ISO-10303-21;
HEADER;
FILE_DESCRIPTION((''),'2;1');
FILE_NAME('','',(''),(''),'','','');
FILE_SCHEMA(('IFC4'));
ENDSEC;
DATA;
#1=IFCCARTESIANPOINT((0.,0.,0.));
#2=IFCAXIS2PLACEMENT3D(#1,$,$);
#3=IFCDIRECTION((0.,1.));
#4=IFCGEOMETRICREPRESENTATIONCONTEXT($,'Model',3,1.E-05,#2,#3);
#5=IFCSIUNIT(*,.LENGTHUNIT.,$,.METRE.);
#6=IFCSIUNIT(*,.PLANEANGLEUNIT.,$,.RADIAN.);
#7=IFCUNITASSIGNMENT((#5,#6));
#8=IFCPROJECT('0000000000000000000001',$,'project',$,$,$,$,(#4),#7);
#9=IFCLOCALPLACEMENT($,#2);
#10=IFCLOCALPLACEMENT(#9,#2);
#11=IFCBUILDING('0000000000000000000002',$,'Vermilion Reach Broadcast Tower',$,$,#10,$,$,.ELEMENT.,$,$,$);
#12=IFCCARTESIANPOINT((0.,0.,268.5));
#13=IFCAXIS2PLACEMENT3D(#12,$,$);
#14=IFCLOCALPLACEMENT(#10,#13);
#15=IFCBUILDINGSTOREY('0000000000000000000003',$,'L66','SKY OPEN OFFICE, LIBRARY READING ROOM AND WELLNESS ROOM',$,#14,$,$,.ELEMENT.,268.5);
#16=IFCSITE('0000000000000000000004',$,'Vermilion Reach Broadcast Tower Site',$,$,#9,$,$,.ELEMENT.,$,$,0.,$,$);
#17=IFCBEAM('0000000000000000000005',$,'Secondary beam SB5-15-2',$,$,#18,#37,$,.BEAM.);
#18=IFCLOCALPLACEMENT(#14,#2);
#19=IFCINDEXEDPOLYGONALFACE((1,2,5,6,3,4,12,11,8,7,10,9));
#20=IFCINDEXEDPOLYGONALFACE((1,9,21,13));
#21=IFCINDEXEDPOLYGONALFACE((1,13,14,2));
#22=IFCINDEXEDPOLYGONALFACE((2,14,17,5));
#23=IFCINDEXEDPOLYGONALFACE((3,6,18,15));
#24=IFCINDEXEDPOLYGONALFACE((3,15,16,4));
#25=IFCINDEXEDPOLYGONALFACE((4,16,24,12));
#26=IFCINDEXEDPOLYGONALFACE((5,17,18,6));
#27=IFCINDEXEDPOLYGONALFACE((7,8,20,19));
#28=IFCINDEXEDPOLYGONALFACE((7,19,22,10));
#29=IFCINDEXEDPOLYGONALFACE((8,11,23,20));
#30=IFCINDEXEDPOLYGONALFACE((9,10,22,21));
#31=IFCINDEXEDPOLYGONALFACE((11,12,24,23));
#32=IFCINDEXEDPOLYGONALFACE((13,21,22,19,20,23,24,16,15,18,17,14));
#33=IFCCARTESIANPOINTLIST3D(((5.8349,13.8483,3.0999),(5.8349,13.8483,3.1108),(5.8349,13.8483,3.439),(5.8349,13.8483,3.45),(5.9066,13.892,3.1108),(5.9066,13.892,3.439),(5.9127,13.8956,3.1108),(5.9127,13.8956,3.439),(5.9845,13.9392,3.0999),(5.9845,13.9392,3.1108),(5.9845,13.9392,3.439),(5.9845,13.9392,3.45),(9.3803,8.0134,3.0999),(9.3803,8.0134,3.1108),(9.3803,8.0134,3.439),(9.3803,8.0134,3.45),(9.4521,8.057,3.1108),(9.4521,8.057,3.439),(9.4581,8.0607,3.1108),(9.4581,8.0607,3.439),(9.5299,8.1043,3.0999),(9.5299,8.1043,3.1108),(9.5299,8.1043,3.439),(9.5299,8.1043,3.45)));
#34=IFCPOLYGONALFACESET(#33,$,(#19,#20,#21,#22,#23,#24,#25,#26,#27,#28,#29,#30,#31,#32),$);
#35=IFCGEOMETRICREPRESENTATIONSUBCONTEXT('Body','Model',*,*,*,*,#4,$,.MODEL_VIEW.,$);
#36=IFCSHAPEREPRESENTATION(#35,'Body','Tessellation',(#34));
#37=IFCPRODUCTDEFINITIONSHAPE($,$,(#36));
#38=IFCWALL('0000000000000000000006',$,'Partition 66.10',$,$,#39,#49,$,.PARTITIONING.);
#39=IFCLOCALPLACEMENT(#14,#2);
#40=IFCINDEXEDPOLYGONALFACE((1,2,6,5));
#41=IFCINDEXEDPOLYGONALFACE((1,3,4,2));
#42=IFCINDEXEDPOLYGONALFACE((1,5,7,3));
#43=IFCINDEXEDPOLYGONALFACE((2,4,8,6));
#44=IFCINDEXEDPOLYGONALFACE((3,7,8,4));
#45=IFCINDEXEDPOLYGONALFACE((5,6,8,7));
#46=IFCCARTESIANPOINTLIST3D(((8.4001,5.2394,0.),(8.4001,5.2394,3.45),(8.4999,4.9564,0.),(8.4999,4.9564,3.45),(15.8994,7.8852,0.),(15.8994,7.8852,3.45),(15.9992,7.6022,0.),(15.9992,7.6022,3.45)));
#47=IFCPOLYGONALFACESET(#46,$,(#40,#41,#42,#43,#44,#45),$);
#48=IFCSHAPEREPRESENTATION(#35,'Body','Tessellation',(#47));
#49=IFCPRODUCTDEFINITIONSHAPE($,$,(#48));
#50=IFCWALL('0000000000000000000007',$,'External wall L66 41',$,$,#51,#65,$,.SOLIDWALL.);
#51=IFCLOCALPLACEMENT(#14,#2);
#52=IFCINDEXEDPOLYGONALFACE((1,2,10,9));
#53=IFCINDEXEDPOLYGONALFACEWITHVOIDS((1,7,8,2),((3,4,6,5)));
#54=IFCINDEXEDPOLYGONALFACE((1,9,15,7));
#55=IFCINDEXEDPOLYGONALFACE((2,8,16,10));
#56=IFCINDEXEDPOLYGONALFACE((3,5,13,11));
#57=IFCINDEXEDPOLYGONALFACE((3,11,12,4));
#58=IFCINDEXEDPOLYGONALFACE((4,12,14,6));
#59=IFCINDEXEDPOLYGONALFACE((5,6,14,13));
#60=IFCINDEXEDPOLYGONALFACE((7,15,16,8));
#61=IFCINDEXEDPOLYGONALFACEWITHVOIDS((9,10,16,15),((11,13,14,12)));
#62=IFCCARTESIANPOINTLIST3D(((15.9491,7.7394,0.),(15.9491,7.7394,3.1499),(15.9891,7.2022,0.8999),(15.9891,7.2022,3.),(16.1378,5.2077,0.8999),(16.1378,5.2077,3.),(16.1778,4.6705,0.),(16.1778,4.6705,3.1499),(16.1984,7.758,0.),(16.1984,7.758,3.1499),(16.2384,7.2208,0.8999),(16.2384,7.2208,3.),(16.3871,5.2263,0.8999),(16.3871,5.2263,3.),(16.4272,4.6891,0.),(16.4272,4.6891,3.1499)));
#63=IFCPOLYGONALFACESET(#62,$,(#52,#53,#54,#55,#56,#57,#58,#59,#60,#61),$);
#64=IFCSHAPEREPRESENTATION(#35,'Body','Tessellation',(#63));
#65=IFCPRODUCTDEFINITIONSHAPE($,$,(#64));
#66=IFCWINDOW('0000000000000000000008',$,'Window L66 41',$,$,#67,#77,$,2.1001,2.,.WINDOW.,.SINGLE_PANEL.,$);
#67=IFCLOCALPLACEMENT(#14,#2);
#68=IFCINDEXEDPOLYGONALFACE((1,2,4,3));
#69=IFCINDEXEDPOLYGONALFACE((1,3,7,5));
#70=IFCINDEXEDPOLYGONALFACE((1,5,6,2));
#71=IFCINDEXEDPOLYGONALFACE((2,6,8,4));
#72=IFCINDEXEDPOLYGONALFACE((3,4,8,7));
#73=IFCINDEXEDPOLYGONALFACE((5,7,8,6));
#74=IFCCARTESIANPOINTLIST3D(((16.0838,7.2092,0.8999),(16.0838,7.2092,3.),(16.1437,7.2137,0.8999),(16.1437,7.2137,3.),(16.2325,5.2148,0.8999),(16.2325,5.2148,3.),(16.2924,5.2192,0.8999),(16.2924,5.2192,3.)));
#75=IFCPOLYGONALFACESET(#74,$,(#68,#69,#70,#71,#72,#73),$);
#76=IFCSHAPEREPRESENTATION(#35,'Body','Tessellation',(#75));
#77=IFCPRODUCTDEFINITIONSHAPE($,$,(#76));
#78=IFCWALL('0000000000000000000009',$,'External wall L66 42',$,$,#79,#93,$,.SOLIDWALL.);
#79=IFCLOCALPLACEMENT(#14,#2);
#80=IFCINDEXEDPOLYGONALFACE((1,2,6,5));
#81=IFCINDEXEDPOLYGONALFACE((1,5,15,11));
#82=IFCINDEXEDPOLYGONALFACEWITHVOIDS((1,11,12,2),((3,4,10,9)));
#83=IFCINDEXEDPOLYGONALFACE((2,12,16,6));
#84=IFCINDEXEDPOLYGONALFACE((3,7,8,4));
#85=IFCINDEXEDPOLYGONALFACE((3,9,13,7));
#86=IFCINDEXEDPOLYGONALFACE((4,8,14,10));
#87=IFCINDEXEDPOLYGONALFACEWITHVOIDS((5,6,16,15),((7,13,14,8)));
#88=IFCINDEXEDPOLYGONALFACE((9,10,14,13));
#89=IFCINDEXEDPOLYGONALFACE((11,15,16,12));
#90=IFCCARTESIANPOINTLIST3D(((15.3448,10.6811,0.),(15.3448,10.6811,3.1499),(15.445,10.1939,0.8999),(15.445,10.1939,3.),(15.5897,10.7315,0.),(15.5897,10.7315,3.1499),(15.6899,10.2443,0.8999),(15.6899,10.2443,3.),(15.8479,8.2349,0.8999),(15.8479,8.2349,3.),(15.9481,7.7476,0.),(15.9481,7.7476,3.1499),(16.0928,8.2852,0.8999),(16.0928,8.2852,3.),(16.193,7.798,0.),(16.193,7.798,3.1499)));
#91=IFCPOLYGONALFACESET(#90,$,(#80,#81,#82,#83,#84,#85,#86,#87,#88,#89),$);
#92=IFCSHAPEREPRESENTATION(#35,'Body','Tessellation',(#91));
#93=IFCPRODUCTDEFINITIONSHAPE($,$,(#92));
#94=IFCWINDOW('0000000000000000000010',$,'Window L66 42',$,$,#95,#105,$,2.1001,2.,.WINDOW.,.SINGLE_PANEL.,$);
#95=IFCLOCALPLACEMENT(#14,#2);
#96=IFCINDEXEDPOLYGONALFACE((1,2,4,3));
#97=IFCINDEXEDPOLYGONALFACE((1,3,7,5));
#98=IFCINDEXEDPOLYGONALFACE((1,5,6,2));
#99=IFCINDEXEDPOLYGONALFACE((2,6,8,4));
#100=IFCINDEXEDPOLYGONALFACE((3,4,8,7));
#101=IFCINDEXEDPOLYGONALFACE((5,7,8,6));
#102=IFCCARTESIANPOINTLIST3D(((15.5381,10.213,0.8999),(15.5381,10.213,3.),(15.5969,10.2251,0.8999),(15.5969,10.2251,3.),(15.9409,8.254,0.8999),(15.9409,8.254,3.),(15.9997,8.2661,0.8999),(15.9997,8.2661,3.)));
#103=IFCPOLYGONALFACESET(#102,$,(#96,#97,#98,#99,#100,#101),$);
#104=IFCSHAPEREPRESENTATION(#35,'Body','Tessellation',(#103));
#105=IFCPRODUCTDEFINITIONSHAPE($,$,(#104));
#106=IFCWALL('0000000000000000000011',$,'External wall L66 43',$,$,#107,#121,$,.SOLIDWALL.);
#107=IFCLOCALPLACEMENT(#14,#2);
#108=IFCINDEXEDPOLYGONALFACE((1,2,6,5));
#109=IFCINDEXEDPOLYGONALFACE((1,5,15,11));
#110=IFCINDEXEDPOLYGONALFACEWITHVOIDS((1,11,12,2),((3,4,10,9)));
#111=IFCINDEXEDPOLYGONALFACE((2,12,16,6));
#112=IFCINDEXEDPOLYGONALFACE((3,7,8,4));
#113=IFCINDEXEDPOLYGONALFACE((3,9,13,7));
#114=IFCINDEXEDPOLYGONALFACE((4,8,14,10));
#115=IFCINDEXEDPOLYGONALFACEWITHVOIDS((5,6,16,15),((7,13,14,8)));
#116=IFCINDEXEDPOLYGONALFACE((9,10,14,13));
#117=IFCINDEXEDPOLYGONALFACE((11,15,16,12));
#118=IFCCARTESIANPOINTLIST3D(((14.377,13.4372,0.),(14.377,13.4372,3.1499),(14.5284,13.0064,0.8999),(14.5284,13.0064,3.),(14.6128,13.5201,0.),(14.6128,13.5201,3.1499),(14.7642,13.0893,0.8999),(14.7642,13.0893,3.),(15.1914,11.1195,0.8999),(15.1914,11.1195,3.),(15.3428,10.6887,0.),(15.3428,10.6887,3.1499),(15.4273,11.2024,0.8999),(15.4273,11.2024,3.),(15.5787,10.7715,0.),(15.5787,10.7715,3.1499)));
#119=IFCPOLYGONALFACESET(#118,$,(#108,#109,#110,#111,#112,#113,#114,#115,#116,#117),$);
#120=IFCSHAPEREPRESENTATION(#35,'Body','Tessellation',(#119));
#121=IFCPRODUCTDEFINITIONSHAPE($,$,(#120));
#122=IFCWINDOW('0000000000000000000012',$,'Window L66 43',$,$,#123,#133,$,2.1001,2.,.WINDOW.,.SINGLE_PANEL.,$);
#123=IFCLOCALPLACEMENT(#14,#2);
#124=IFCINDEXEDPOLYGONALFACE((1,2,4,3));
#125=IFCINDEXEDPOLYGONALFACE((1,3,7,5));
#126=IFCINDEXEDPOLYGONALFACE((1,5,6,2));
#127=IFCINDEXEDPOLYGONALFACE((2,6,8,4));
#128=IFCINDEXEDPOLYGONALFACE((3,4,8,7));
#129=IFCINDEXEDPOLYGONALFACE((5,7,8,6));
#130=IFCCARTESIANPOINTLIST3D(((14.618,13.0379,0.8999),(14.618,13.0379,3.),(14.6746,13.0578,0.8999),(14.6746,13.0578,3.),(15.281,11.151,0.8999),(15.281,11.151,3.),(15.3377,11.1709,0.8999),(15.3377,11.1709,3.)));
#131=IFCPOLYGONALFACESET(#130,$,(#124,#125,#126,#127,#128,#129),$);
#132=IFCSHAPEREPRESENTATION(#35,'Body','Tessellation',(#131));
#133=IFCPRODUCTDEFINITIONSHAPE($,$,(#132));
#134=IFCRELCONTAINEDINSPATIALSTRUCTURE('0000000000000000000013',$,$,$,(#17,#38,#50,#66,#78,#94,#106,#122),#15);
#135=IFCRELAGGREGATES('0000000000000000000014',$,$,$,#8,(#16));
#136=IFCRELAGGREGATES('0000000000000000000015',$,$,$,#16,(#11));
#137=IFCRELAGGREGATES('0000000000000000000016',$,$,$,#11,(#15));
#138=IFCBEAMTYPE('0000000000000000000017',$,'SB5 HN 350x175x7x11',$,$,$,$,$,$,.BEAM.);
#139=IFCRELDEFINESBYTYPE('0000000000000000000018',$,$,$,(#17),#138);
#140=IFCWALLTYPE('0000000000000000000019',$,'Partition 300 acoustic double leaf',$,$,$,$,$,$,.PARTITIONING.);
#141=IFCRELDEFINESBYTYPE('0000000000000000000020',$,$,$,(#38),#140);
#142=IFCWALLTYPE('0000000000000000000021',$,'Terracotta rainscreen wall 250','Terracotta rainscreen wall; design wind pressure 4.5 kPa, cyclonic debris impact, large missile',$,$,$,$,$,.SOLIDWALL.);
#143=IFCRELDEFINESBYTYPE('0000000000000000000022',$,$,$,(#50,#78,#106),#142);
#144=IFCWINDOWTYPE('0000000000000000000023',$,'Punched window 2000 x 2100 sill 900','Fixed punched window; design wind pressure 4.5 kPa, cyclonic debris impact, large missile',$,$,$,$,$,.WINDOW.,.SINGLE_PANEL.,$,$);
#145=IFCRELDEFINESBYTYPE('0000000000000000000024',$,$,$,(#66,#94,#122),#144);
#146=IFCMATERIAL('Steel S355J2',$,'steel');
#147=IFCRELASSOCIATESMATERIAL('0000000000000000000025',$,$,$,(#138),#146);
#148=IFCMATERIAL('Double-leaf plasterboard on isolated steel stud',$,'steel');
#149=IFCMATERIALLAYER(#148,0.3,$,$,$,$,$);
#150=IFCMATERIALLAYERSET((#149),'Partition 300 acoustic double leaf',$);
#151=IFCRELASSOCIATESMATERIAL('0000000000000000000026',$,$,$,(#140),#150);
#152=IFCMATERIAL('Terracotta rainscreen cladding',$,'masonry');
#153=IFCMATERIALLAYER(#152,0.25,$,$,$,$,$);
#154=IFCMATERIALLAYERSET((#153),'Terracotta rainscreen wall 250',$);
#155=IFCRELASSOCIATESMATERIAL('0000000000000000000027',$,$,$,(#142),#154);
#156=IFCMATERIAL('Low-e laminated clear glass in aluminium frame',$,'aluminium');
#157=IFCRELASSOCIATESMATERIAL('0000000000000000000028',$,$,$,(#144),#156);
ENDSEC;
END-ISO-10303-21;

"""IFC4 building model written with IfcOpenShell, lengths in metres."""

from ifc_helpers import new_model, si_unit, direction, frame, frame_2d, origin, origin_2d, place, context, subcontext, project, spatial, rectangle, i_section, extrude, material, layer, layer_set, material_profile, profile_set, type_object, element, fill, save


model = new_model("IFC4")

# Units and contexts
model_context = context("Model", 3, precision=1e-05, world=origin(), true_north=direction((0.0, 1.0)))
body_context = subcontext(model_context, "Body", "Model", "MODEL_VIEW")
ifc_project = project(units=[si_unit("LENGTHUNIT", "METRE"), si_unit("PLANEANGLEUNIT", "RADIAN")], contexts=[model_context])

# Site, building, storey
site_placement = place(None, origin())
site = spatial("IfcSite", under=ifc_project, at=site_placement, Name="Vermilion Reach Broadcast Tower Site", CompositionType="ELEMENT", RefElevation=0.0)
building_placement = place(site_placement, origin())
building = spatial("IfcBuilding", under=site, at=building_placement, Name="Vermilion Reach Broadcast Tower", CompositionType="ELEMENT")
storey_placement = place(building_placement, frame((0.0, 0.0, 268.5)))
storey = spatial("IfcBuildingStorey", under=building, at=storey_placement, Name="L66", Description="SKY OPEN OFFICE, LIBRARY READING ROOM AND WELLNESS ROOM", CompositionType="ELEMENT", Elevation=268.5)

# Beam
ifc_material_1 = material(Name="Steel S355J2", Category="steel")
ifc_material_profile_1 = material_profile(ifc_material_1, i_section(OverallWidth=0.175, OverallDepth=0.3501, WebThickness=0.0071, FlangeThickness=0.011, at=origin_2d()), Name="S355J2 HN 350x175x7x11")
ifc_profile_set_1 = profile_set([ifc_material_profile_1], Name="Steel S355J2")
beam_type_1 = type_object("IfcBeamType", Name="SB5 HN 350x175x7x11", PredefinedType="BEAM", material=ifc_profile_set_1)
beam_1_placement = place(storey_placement, frame((9.4551, 8.0588, 3.2749), z_axis=(-0.519273, 0.854608, 0.0), x_axis=(-0.854608, -0.519273, 0.0)))
element("IfcBeam", 1, at=beam_1_placement, inside=storey, type_object=beam_type_1, Name="Secondary beam SB5-15-2", PredefinedType="BEAM", context=body_context, shape_type="SweptSolid", body=[
    extrude(i_section(OverallWidth=0.175, OverallDepth=0.3501, WebThickness=0.0071, FlangeThickness=0.011, at=origin_2d()), origin(), (0.0, 0.0, 1.0), 6.8276),
])

# Wall
ifc_material_2 = material(Name="Double-leaf plasterboard on isolated steel stud", Category="steel")
ifc_layer_1 = layer(ifc_material_2, 0.3)
ifc_layer_set_1 = layer_set([ifc_layer_1], Name="Partition 300 acoustic double leaf")
wall_type_1 = type_object("IfcWallType", Name="Partition 300 acoustic double leaf", PredefinedType="PARTITIONING", material=ifc_layer_set_1)
wall_1_placement = place(storey_placement, frame((15.9492, 7.7437, 0.0), z_axis=(0.0, 0.0, 1.0), x_axis=(-0.943032, -0.332703, 0.0)))
element("IfcWall", 2, at=wall_1_placement, inside=storey, type_object=wall_type_1, Name="Partition 66.10", PredefinedType="PARTITIONING", context=body_context, shape_type="SweptSolid", body=[
    extrude(rectangle(XDim=7.9524, YDim=0.3, at=frame_2d((3.9761, 0.0))), origin(), (0.0, 0.0, 1.0), 3.45),
])

# Shared definitions
ifc_material_3 = material(Name="Terracotta rainscreen cladding", Category="masonry")
ifc_layer_2 = layer(ifc_material_3, 0.25)
ifc_layer_set_2 = layer_set([ifc_layer_2], Name="Terracotta rainscreen wall 250")
wall_type_2 = type_object("IfcWallType", Name="Terracotta rainscreen wall 250", Description="Terracotta rainscreen wall; design wind pressure 4.5 kPa, cyclonic debris impact, large missile", PredefinedType="SOLIDWALL", material=ifc_layer_set_2)

# Walls, openings, windows
wall_2_placement = place(storey_placement, frame((16.3025, 4.6799, 0.0), z_axis=(0.0, 0.0, 1.0), x_axis=(-0.074336, 0.997233, 0.0)))
wall_2 = element("IfcWall", 3, at=wall_2_placement, inside=storey, type_object=wall_type_2, Name="External wall L66 41", PredefinedType="SOLIDWALL", context=body_context, shape_type="SweptSolid", body=[
    extrude(rectangle(XDim=3.0774, YDim=0.25, at=frame_2d((1.5386, 0.0))), origin(), (0.0, 0.0, 1.0), 3.1499),
])
opening_1_placement = place(wall_2_placement, frame((0.5386, 0.0, 0.8999)))
opening_1 = element("IfcOpeningElement", 4, at=opening_1_placement, cuts=wall_2, PredefinedType="OPENING", context=body_context, shape_type="SweptSolid", body=[
    extrude(rectangle(XDim=2.0, YDim=2.1001, at=frame_2d((1.0, 1.05))), frame((0.0, 0.135, 0.0), z_axis=(0.0, -1.0, 0.0), x_axis=(1.0, 0.0, 0.0)), (0.0, 0.0, 1.0), 0.27),
])
ifc_material_4 = material(Name="Low-e laminated clear glass in aluminium frame", Category="aluminium")
window_type = type_object("IfcWindowType", Name="Punched window 2000 x 2100 sill 900", Description="Fixed punched window; design wind pressure 4.5 kPa, cyclonic debris impact, large missile", PartitioningType="SINGLE_PANEL", PredefinedType="WINDOW", material=ifc_material_4)
window_1_placement = place(opening_1_placement, origin())
window_1 = element("IfcWindow", 5, at=window_1_placement, inside=storey, type_object=window_type, Name="Window L66 41", OverallHeight=2.1001, OverallWidth=2.0, PartitioningType="SINGLE_PANEL", PredefinedType="WINDOW", context=body_context, shape_type="SweptSolid", body=[
    extrude(rectangle(XDim=2.0, YDim=2.1001, at=frame_2d((1.0, 1.05))), frame((0.0, 0.03, 0.0), z_axis=(0.0, -1.0, 0.0), x_axis=(1.0, 0.0, 0.0)), (0.0, 0.0, 1.0), 0.0601),
])
fill(opening_1, window_1)
wall_3_placement = place(storey_placement, frame((16.0706, 7.7727, 0.0), z_axis=(0.0, 0.0, 1.0), x_axis=(-0.201428, 0.979503, 0.0)))
wall_3 = element("IfcWall", 6, at=wall_3_placement, inside=storey, type_object=wall_type_2, Name="External wall L66 42", PredefinedType="SOLIDWALL", context=body_context, shape_type="SweptSolid", body=[
    extrude(rectangle(XDim=2.9949, YDim=0.25, at=frame_2d((1.4976, 0.0))), origin(), (0.0, 0.0, 1.0), 3.1499),
])
opening_2_placement = place(wall_3_placement, frame((0.4976, 0.0, 0.8999)))
opening_2 = element("IfcOpeningElement", 7, at=opening_2_placement, cuts=wall_3, PredefinedType="OPENING", context=body_context, shape_type="SweptSolid", body=[
    extrude(rectangle(XDim=2.0, YDim=2.1001, at=frame_2d((1.0, 1.05))), frame((0.0, 0.135, 0.0), z_axis=(0.0, -1.0, 0.0), x_axis=(1.0, 0.0, 0.0)), (0.0, 0.0, 1.0), 0.27),
])
window_2_placement = place(opening_2_placement, origin())
window_2 = element("IfcWindow", 8, at=window_2_placement, inside=storey, type_object=window_type, Name="Window L66 42", OverallHeight=2.1001, OverallWidth=2.0, PartitioningType="SINGLE_PANEL", PredefinedType="WINDOW", context=body_context, shape_type="SweptSolid", body=[
    extrude(rectangle(XDim=2.0, YDim=2.1001, at=frame_2d((1.0, 1.05))), frame((0.0, 0.03, 0.0), z_axis=(0.0, -1.0, 0.0), x_axis=(1.0, 0.0, 0.0)), (0.0, 0.0, 1.0), 0.0601),
])
fill(opening_2, window_2)
wall_4_placement = place(storey_placement, frame((15.4607, 10.7302, 0.0), z_axis=(0.0, 0.0, 1.0), x_axis=(-0.331522, 0.943447, 0.0)))
wall_4 = element("IfcWall", 9, at=wall_4_placement, inside=storey, type_object=wall_type_2, Name="External wall L66 43", PredefinedType="SOLIDWALL", context=body_context, shape_type="SweptSolid", body=[
    extrude(rectangle(XDim=2.9133, YDim=0.25, at=frame_2d((1.4565, 0.0))), origin(), (0.0, 0.0, 1.0), 3.1499),
])
opening_3_placement = place(wall_4_placement, frame((0.4565, 0.0, 0.8999)))
opening_3 = element("IfcOpeningElement", 10, at=opening_3_placement, cuts=wall_4, PredefinedType="OPENING", context=body_context, shape_type="SweptSolid", body=[
    extrude(rectangle(XDim=2.0, YDim=2.1001, at=frame_2d((1.0, 1.05))), frame((0.0, 0.135, 0.0), z_axis=(0.0, -1.0, 0.0), x_axis=(1.0, 0.0, 0.0)), (0.0, 0.0, 1.0), 0.27),
])
window_3_placement = place(opening_3_placement, origin())
window_3 = element("IfcWindow", 11, at=window_3_placement, inside=storey, type_object=window_type, Name="Window L66 43", OverallHeight=2.1001, OverallWidth=2.0, PartitioningType="SINGLE_PANEL", PredefinedType="WINDOW", context=body_context, shape_type="SweptSolid", body=[
    extrude(rectangle(XDim=2.0, YDim=2.1001, at=frame_2d((1.0, 1.05))), frame((0.0, 0.03, 0.0), z_axis=(0.0, -1.0, 0.0), x_axis=(1.0, 0.0, 0.0)), (0.0, 0.0, 1.0), 0.0601),
])
fill(opening_3, window_3)

save(model, "model.ifc")
